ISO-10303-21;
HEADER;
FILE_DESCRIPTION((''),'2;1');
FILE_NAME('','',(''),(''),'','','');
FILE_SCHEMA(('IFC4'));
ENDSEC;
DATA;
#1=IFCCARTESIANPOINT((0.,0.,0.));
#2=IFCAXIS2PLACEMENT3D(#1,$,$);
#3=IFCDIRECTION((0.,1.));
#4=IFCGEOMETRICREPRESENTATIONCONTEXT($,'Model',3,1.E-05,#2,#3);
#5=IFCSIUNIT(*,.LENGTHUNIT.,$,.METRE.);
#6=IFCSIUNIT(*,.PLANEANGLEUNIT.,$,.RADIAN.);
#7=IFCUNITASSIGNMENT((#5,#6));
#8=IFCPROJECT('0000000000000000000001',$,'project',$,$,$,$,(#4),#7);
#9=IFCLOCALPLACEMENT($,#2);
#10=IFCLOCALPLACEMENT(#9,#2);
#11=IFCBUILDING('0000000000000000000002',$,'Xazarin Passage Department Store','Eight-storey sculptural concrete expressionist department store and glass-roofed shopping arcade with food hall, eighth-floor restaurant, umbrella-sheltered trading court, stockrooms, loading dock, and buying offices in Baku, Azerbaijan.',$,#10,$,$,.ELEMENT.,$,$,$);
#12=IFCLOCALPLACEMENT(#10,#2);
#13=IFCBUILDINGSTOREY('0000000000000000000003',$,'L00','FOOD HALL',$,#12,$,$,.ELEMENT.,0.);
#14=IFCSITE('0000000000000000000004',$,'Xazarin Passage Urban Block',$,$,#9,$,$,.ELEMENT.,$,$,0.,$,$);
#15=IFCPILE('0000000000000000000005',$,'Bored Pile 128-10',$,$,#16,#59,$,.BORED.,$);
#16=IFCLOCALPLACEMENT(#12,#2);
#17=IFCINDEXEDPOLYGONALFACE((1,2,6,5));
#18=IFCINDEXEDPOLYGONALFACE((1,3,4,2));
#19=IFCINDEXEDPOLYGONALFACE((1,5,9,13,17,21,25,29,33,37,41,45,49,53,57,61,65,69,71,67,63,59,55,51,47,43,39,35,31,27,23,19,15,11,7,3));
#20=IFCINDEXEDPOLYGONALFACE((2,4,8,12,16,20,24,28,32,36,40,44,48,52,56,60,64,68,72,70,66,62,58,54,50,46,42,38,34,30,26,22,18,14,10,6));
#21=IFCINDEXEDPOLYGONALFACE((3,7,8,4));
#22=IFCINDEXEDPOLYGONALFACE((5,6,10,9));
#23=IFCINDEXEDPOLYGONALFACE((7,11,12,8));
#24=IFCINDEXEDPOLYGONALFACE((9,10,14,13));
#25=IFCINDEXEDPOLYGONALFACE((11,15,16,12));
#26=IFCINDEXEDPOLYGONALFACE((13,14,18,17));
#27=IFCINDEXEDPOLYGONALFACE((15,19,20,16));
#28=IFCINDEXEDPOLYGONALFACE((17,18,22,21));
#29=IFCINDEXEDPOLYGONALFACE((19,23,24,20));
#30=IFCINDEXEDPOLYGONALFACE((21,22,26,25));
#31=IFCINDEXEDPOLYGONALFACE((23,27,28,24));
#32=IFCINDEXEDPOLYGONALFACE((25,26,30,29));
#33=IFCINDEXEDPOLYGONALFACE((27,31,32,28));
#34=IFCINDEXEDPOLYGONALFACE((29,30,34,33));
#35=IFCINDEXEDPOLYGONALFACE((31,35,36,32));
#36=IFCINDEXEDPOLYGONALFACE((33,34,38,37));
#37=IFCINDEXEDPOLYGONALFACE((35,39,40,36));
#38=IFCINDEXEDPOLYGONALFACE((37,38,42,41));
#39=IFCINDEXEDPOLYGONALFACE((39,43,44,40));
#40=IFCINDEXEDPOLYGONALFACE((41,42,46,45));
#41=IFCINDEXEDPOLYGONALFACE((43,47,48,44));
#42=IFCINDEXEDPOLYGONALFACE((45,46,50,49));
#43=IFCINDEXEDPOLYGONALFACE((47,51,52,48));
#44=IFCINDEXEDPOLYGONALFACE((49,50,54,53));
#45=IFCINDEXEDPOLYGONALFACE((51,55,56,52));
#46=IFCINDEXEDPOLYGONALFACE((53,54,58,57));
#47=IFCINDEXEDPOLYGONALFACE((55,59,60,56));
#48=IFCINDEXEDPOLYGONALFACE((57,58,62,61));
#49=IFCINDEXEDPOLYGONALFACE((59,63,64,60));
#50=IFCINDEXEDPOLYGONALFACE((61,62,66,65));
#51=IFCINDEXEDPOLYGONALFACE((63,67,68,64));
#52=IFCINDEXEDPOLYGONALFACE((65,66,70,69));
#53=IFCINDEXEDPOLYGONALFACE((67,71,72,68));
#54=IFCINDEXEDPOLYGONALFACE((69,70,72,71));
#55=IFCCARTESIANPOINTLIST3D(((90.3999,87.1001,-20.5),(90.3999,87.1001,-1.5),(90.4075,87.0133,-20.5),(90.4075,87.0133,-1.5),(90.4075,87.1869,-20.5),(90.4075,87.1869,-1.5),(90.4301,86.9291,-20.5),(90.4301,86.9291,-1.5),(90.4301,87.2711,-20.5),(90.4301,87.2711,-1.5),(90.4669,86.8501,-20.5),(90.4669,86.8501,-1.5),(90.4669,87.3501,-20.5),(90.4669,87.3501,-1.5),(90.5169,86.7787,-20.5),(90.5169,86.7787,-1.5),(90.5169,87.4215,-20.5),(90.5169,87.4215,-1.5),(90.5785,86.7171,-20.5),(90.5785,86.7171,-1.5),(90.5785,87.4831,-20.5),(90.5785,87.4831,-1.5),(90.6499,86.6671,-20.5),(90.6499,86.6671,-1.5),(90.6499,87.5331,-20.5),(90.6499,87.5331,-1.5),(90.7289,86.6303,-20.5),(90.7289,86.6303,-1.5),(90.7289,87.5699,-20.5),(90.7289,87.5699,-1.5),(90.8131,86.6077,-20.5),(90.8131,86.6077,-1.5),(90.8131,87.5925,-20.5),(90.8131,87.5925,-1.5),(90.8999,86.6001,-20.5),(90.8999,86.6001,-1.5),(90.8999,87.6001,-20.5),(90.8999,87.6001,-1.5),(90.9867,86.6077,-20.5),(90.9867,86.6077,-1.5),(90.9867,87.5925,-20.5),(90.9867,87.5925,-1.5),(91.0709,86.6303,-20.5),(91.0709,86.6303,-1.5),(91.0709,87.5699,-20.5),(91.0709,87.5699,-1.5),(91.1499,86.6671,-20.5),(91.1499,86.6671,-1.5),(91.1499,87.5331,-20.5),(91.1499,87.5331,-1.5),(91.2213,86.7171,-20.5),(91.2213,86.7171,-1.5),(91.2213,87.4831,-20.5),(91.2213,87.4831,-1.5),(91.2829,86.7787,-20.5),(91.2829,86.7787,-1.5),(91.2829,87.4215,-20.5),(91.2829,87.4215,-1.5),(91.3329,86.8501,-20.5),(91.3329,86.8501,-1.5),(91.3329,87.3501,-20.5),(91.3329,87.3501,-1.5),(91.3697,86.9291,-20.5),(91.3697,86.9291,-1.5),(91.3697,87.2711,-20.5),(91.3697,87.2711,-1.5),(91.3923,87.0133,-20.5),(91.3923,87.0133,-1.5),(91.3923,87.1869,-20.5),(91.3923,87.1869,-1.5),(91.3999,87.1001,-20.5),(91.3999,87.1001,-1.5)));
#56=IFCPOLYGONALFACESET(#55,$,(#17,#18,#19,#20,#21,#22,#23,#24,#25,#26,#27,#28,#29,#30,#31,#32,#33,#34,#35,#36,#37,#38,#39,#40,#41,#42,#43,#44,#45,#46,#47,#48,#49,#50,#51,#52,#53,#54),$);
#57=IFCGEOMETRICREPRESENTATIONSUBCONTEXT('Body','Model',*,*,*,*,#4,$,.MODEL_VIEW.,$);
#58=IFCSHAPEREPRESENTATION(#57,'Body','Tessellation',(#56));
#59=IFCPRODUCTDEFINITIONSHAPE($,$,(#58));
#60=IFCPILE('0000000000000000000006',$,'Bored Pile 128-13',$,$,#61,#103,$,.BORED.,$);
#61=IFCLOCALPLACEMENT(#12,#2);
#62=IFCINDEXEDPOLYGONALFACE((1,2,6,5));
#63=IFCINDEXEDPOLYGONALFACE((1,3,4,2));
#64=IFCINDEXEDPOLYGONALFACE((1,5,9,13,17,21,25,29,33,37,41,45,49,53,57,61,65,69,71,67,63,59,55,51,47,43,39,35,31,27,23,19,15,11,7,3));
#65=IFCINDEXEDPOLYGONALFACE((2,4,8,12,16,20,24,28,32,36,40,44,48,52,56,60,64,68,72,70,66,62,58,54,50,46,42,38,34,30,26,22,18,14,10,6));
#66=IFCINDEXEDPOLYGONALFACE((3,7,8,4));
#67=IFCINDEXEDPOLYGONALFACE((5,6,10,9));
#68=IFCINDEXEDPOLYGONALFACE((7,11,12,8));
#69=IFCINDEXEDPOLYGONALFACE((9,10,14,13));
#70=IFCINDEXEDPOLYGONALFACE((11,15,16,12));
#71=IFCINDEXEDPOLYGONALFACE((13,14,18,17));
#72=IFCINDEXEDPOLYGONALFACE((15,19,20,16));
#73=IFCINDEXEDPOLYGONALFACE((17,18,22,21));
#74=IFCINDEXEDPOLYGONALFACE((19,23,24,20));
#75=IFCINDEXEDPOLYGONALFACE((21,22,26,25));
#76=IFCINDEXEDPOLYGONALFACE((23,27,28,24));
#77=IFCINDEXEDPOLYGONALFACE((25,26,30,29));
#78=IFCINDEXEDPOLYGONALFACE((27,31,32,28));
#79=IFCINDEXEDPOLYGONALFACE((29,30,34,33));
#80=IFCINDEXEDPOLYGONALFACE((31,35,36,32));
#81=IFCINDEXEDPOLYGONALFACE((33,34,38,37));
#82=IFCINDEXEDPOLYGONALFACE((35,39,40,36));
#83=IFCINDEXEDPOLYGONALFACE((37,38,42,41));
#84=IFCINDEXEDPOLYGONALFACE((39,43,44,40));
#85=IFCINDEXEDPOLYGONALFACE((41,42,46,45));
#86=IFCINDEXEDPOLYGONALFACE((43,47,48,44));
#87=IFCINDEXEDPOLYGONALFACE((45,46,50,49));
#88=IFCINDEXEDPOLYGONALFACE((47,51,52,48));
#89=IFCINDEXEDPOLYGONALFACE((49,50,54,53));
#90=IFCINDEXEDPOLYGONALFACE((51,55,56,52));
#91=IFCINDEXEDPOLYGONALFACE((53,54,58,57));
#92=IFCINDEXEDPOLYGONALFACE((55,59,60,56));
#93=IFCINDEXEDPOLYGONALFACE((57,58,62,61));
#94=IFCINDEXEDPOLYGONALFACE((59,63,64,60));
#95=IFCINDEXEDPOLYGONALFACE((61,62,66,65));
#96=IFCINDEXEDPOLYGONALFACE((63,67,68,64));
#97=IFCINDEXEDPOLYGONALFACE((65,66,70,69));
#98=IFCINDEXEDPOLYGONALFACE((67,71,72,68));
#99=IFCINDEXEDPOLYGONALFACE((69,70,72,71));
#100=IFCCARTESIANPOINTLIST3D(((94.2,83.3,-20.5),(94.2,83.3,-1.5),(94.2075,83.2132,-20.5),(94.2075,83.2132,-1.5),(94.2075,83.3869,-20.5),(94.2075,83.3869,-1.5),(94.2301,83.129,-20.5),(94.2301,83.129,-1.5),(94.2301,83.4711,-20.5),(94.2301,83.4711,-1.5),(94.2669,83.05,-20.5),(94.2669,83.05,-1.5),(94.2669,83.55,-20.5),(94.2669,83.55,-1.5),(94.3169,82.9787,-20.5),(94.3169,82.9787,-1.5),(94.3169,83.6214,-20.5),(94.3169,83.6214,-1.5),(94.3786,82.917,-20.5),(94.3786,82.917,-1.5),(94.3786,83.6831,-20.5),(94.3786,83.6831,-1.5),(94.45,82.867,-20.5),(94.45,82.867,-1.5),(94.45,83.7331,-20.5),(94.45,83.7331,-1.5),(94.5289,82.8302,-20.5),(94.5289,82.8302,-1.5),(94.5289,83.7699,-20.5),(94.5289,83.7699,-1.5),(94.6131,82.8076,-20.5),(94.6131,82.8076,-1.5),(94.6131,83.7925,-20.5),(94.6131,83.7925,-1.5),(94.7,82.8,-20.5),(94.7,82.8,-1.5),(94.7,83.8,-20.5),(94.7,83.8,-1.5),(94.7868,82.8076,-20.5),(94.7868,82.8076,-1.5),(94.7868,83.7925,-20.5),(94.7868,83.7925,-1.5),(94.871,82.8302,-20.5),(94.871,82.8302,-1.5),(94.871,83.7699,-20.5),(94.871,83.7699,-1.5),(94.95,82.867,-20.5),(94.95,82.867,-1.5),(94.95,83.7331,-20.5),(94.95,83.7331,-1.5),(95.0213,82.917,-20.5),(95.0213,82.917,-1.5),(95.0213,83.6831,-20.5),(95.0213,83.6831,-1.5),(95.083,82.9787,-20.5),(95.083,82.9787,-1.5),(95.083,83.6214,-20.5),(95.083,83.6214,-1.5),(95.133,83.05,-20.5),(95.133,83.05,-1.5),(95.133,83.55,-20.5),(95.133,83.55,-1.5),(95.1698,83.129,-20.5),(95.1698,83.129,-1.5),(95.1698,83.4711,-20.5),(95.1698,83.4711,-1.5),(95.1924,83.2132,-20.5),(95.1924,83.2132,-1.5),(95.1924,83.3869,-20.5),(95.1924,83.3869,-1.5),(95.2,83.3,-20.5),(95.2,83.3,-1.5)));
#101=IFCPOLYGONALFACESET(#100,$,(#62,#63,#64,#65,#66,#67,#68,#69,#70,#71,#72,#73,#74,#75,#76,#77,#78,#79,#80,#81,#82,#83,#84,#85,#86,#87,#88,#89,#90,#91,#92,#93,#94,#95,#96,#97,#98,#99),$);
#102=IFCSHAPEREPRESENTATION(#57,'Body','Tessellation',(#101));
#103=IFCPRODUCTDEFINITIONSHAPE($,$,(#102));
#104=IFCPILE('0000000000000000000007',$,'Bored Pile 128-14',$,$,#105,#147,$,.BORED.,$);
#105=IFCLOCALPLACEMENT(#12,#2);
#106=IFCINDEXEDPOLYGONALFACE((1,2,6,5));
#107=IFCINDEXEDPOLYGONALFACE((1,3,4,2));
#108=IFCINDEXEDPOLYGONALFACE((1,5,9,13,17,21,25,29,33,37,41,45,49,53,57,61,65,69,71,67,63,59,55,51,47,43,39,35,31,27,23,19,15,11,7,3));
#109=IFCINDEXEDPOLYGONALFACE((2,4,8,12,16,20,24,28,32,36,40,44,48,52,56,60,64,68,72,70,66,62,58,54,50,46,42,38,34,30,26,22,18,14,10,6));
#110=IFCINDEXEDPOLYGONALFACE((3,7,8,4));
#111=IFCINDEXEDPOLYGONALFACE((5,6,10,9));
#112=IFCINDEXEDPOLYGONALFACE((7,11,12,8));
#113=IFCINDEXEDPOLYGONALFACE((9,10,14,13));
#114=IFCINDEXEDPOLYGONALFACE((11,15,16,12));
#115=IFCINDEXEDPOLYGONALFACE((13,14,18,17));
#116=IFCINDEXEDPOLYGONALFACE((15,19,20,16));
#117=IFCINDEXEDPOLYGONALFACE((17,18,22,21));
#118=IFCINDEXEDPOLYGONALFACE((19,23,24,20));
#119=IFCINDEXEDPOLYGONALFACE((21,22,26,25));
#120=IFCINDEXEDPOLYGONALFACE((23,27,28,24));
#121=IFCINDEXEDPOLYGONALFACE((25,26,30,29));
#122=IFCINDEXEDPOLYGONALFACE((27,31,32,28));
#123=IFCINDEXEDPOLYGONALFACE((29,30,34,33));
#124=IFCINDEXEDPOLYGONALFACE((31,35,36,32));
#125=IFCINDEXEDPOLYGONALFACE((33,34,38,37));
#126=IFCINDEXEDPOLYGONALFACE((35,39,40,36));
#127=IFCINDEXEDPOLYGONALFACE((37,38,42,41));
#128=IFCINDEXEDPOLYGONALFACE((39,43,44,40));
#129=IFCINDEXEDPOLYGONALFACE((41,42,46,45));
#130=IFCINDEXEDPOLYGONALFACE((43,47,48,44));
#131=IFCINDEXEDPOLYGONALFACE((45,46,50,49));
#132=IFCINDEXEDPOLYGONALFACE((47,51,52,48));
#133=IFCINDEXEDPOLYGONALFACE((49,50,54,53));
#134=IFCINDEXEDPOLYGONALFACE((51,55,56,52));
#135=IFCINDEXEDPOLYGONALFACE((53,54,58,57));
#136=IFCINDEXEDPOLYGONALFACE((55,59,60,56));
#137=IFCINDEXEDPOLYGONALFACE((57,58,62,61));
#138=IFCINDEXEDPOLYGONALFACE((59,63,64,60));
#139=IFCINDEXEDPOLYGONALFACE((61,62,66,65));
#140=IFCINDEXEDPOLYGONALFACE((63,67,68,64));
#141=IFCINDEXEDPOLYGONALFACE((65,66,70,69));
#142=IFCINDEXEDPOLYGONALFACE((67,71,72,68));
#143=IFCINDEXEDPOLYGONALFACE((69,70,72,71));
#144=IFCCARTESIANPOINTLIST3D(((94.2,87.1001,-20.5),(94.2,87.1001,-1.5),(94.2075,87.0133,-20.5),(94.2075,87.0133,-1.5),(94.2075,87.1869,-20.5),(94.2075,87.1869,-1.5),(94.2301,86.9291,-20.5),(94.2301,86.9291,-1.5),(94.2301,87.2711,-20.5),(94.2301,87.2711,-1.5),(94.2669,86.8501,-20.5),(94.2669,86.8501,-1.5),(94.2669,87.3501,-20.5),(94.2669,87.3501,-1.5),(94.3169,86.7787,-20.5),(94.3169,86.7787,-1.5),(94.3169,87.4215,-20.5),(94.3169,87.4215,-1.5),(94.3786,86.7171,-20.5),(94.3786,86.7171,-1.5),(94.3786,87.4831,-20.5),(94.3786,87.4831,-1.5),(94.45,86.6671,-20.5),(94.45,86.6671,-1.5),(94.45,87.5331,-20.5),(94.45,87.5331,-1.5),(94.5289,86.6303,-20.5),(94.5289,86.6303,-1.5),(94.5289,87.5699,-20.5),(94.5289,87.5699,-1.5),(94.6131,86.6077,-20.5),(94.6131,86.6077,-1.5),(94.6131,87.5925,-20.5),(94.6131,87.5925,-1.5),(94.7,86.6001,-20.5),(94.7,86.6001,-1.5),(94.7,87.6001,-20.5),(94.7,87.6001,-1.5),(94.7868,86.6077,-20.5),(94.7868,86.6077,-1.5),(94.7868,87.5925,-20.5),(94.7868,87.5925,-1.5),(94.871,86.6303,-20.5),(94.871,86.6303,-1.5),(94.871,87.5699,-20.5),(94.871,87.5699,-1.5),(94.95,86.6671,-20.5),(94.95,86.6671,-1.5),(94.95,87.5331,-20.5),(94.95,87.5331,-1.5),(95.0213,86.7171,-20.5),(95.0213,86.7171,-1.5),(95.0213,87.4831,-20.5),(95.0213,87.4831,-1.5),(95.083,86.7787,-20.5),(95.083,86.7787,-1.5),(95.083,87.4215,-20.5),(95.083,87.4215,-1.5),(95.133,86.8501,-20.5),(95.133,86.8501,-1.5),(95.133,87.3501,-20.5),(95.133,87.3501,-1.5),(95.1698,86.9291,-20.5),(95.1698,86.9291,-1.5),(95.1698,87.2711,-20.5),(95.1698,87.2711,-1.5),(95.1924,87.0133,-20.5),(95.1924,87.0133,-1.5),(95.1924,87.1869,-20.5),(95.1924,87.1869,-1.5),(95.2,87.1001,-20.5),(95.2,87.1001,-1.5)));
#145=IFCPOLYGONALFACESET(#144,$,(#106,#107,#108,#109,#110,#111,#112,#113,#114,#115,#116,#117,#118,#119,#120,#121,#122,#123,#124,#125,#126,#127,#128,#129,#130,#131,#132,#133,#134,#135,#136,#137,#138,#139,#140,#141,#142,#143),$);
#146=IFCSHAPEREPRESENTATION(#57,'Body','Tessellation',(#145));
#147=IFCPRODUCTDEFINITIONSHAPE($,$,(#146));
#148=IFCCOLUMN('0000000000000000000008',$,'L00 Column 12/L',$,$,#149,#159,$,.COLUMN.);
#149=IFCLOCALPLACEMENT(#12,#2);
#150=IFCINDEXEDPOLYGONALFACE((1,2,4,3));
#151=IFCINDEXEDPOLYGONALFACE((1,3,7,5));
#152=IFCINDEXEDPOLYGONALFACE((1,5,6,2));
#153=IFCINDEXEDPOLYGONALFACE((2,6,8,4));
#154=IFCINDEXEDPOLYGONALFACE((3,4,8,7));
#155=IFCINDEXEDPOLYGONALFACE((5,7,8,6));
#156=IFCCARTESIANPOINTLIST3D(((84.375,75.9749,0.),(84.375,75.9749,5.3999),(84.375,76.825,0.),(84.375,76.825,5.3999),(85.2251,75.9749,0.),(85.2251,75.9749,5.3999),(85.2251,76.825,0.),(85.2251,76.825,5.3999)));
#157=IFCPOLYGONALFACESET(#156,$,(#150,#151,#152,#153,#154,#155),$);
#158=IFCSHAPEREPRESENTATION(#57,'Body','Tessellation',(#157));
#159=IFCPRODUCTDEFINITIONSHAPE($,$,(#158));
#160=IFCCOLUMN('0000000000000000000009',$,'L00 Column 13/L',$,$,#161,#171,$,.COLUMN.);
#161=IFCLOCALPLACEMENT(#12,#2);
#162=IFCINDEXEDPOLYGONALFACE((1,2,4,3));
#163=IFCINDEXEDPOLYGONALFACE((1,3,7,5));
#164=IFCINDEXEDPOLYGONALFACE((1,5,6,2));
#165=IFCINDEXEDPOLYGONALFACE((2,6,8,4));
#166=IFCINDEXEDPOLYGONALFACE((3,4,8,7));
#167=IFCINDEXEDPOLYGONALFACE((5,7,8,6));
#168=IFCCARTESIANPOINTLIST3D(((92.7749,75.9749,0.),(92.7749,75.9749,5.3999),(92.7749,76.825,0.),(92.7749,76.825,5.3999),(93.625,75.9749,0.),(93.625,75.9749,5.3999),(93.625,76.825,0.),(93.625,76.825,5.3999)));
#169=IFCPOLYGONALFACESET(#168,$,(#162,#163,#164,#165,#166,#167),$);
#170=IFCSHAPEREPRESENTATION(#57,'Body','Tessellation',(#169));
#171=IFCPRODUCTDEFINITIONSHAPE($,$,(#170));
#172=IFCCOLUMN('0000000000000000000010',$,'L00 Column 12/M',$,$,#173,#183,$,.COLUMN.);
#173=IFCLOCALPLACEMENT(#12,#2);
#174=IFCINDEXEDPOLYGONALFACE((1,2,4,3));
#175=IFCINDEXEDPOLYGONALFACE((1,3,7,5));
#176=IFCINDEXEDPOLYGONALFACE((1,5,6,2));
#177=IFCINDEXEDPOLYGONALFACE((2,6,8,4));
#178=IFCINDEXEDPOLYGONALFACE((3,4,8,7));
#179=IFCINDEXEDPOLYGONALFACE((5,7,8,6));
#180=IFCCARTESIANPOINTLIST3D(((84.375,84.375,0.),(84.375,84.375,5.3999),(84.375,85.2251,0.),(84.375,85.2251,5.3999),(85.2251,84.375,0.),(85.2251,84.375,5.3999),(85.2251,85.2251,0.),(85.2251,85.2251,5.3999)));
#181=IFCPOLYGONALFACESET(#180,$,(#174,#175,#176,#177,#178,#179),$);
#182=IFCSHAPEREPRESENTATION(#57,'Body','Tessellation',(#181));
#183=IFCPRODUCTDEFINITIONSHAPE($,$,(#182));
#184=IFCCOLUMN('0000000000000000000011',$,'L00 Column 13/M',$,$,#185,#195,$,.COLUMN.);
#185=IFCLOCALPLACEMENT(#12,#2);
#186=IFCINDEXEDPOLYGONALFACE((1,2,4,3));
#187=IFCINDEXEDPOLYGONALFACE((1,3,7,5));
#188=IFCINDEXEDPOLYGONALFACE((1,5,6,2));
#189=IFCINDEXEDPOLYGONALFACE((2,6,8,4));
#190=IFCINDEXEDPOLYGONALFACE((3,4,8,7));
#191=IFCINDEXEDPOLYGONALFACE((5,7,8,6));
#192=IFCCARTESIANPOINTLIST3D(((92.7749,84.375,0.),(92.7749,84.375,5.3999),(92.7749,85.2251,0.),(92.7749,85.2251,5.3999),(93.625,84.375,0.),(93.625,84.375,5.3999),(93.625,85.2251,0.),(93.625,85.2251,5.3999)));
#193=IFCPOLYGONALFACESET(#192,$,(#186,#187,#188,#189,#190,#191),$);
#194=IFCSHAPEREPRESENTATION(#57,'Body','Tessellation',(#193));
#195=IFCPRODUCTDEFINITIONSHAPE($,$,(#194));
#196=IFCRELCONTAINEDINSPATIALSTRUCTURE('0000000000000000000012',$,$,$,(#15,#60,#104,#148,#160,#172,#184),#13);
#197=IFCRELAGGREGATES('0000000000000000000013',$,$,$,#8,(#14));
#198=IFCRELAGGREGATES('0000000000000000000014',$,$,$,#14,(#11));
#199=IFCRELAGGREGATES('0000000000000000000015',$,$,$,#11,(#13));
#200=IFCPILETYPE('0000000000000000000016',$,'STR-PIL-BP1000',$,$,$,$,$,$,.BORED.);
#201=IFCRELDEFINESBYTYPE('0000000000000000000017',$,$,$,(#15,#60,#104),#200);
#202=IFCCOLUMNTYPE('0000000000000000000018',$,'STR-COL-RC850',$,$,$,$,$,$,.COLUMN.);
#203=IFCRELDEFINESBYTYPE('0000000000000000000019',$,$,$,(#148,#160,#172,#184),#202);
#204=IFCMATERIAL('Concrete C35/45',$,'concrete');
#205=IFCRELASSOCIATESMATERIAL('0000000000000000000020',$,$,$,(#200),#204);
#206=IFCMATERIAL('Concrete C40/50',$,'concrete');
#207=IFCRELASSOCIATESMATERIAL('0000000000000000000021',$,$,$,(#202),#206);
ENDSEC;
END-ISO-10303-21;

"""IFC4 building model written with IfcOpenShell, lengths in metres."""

from ifc_helpers import new_model, si_unit, direction, frame, origin, origin_2d, place, context, subcontext, project, spatial, rectangle, circle, extrude, material, material_profile, profile_set, type_object, element, save


model = new_model("IFC4")

# Units and contexts
model_context = context("Model", 3, precision=1e-05, world=origin(), true_north=direction((0.0, 1.0)))
body_context = subcontext(model_context, "Body", "Model", "MODEL_VIEW")
ifc_project = project(units=[si_unit("LENGTHUNIT", "METRE"), si_unit("PLANEANGLEUNIT", "RADIAN")], contexts=[model_context])

# Site, building, storey
site_placement = place(None, origin())
site = spatial("IfcSite", under=ifc_project, at=site_placement, Name="Xazarin Passage Urban Block", CompositionType="ELEMENT", RefElevation=0.0)
building_placement = place(site_placement, origin())
building = spatial("IfcBuilding", under=site, at=building_placement, Name="Xazarin Passage Department Store", Description="Eight-storey sculptural concrete expressionist department store and glass-roofed shopping arcade with food hall, eighth-floor restaurant, umbrella-sheltered trading court, stockrooms, loading dock, and buying offices in Baku, Azerbaijan.", CompositionType="ELEMENT")
storey_placement = place(building_placement, origin())
storey = spatial("IfcBuildingStorey", under=building, at=storey_placement, Name="L00", Description="FOOD HALL", CompositionType="ELEMENT", Elevation=0.0)

# Shared definitions
ifc_material_1 = material(Name="Concrete C35/45", Category="concrete")

# Piles
ifc_material_profile_1 = material_profile(ifc_material_1, circle(Radius=0.5, at=origin_2d()), Name="BP 1000")
ifc_profile_set_1 = profile_set([ifc_material_profile_1], Name="Concrete C35/45")
pile_type = type_object("IfcPileType", Name="STR-PIL-BP1000", PredefinedType="BORED", material=ifc_profile_set_1)
for number, where, z_axis, x_axis, name in (
    (1, (90.8999, 87.1001, -1.5), (0.0, 0.0, -1.0), (1.0, 0.0, 0.0), "Bored Pile 128-10"),
    (2, (94.7, 83.3, -1.5), (0.0, 0.0, -1.0), (1.0, 0.0, 0.0), "Bored Pile 128-13"),
    (3, (94.7, 87.1001, -1.5), (0.0, 0.0, -1.0), (1.0, 0.0, 0.0), "Bored Pile 128-14"),
):
    element("IfcPile", number, at=place(storey_placement, frame(where, z_axis=z_axis, x_axis=x_axis)), inside=storey, type_object=pile_type, Name=name, PredefinedType="BORED", context=body_context, shape_type="SweptSolid", body=[
        extrude(circle(Radius=0.5, at=origin_2d()), origin(), (0.0, 0.0, 1.0), 19.0),
    ])

# Columns
ifc_material_2 = material(Name="Concrete C40/50", Category="concrete")
ifc_material_profile_2 = material_profile(ifc_material_2, rectangle(XDim=0.8501, YDim=0.8501, at=origin_2d()), Name="RC 850x850")
ifc_profile_set_2 = profile_set([ifc_material_profile_2], Name="Concrete C40/50")
column_type = type_object("IfcColumnType", Name="STR-COL-RC850", PredefinedType="COLUMN", material=ifc_profile_set_2)
for number, where, z_axis, x_axis, name in (
    (4, (84.8, 76.3999, 0.0), (0.0, 0.0, 1.0), (1.0, 0.0, 0.0), "L00 Column 12/L"),
    (5, (93.2, 76.3999, 0.0), (0.0, 0.0, 1.0), (1.0, 0.0, 0.0), "L00 Column 13/L"),
    (6, (84.8, 84.8, 0.0), (0.0, 0.0, 1.0), (1.0, 0.0, 0.0), "L00 Column 12/M"),
    (7, (93.2, 84.8, 0.0), (0.0, 0.0, 1.0), (1.0, 0.0, 0.0), "L00 Column 13/M"),
):
    element("IfcColumn", number, at=place(storey_placement, frame(where, z_axis=z_axis, x_axis=x_axis)), inside=storey, type_object=column_type, Name=name, PredefinedType="COLUMN", context=body_context, shape_type="SweptSolid", body=[
        extrude(rectangle(XDim=0.8501, YDim=0.8501, at=origin_2d()), origin(), (0.0, 0.0, 1.0), 5.3999),
    ])

save(model, "model.ifc")
